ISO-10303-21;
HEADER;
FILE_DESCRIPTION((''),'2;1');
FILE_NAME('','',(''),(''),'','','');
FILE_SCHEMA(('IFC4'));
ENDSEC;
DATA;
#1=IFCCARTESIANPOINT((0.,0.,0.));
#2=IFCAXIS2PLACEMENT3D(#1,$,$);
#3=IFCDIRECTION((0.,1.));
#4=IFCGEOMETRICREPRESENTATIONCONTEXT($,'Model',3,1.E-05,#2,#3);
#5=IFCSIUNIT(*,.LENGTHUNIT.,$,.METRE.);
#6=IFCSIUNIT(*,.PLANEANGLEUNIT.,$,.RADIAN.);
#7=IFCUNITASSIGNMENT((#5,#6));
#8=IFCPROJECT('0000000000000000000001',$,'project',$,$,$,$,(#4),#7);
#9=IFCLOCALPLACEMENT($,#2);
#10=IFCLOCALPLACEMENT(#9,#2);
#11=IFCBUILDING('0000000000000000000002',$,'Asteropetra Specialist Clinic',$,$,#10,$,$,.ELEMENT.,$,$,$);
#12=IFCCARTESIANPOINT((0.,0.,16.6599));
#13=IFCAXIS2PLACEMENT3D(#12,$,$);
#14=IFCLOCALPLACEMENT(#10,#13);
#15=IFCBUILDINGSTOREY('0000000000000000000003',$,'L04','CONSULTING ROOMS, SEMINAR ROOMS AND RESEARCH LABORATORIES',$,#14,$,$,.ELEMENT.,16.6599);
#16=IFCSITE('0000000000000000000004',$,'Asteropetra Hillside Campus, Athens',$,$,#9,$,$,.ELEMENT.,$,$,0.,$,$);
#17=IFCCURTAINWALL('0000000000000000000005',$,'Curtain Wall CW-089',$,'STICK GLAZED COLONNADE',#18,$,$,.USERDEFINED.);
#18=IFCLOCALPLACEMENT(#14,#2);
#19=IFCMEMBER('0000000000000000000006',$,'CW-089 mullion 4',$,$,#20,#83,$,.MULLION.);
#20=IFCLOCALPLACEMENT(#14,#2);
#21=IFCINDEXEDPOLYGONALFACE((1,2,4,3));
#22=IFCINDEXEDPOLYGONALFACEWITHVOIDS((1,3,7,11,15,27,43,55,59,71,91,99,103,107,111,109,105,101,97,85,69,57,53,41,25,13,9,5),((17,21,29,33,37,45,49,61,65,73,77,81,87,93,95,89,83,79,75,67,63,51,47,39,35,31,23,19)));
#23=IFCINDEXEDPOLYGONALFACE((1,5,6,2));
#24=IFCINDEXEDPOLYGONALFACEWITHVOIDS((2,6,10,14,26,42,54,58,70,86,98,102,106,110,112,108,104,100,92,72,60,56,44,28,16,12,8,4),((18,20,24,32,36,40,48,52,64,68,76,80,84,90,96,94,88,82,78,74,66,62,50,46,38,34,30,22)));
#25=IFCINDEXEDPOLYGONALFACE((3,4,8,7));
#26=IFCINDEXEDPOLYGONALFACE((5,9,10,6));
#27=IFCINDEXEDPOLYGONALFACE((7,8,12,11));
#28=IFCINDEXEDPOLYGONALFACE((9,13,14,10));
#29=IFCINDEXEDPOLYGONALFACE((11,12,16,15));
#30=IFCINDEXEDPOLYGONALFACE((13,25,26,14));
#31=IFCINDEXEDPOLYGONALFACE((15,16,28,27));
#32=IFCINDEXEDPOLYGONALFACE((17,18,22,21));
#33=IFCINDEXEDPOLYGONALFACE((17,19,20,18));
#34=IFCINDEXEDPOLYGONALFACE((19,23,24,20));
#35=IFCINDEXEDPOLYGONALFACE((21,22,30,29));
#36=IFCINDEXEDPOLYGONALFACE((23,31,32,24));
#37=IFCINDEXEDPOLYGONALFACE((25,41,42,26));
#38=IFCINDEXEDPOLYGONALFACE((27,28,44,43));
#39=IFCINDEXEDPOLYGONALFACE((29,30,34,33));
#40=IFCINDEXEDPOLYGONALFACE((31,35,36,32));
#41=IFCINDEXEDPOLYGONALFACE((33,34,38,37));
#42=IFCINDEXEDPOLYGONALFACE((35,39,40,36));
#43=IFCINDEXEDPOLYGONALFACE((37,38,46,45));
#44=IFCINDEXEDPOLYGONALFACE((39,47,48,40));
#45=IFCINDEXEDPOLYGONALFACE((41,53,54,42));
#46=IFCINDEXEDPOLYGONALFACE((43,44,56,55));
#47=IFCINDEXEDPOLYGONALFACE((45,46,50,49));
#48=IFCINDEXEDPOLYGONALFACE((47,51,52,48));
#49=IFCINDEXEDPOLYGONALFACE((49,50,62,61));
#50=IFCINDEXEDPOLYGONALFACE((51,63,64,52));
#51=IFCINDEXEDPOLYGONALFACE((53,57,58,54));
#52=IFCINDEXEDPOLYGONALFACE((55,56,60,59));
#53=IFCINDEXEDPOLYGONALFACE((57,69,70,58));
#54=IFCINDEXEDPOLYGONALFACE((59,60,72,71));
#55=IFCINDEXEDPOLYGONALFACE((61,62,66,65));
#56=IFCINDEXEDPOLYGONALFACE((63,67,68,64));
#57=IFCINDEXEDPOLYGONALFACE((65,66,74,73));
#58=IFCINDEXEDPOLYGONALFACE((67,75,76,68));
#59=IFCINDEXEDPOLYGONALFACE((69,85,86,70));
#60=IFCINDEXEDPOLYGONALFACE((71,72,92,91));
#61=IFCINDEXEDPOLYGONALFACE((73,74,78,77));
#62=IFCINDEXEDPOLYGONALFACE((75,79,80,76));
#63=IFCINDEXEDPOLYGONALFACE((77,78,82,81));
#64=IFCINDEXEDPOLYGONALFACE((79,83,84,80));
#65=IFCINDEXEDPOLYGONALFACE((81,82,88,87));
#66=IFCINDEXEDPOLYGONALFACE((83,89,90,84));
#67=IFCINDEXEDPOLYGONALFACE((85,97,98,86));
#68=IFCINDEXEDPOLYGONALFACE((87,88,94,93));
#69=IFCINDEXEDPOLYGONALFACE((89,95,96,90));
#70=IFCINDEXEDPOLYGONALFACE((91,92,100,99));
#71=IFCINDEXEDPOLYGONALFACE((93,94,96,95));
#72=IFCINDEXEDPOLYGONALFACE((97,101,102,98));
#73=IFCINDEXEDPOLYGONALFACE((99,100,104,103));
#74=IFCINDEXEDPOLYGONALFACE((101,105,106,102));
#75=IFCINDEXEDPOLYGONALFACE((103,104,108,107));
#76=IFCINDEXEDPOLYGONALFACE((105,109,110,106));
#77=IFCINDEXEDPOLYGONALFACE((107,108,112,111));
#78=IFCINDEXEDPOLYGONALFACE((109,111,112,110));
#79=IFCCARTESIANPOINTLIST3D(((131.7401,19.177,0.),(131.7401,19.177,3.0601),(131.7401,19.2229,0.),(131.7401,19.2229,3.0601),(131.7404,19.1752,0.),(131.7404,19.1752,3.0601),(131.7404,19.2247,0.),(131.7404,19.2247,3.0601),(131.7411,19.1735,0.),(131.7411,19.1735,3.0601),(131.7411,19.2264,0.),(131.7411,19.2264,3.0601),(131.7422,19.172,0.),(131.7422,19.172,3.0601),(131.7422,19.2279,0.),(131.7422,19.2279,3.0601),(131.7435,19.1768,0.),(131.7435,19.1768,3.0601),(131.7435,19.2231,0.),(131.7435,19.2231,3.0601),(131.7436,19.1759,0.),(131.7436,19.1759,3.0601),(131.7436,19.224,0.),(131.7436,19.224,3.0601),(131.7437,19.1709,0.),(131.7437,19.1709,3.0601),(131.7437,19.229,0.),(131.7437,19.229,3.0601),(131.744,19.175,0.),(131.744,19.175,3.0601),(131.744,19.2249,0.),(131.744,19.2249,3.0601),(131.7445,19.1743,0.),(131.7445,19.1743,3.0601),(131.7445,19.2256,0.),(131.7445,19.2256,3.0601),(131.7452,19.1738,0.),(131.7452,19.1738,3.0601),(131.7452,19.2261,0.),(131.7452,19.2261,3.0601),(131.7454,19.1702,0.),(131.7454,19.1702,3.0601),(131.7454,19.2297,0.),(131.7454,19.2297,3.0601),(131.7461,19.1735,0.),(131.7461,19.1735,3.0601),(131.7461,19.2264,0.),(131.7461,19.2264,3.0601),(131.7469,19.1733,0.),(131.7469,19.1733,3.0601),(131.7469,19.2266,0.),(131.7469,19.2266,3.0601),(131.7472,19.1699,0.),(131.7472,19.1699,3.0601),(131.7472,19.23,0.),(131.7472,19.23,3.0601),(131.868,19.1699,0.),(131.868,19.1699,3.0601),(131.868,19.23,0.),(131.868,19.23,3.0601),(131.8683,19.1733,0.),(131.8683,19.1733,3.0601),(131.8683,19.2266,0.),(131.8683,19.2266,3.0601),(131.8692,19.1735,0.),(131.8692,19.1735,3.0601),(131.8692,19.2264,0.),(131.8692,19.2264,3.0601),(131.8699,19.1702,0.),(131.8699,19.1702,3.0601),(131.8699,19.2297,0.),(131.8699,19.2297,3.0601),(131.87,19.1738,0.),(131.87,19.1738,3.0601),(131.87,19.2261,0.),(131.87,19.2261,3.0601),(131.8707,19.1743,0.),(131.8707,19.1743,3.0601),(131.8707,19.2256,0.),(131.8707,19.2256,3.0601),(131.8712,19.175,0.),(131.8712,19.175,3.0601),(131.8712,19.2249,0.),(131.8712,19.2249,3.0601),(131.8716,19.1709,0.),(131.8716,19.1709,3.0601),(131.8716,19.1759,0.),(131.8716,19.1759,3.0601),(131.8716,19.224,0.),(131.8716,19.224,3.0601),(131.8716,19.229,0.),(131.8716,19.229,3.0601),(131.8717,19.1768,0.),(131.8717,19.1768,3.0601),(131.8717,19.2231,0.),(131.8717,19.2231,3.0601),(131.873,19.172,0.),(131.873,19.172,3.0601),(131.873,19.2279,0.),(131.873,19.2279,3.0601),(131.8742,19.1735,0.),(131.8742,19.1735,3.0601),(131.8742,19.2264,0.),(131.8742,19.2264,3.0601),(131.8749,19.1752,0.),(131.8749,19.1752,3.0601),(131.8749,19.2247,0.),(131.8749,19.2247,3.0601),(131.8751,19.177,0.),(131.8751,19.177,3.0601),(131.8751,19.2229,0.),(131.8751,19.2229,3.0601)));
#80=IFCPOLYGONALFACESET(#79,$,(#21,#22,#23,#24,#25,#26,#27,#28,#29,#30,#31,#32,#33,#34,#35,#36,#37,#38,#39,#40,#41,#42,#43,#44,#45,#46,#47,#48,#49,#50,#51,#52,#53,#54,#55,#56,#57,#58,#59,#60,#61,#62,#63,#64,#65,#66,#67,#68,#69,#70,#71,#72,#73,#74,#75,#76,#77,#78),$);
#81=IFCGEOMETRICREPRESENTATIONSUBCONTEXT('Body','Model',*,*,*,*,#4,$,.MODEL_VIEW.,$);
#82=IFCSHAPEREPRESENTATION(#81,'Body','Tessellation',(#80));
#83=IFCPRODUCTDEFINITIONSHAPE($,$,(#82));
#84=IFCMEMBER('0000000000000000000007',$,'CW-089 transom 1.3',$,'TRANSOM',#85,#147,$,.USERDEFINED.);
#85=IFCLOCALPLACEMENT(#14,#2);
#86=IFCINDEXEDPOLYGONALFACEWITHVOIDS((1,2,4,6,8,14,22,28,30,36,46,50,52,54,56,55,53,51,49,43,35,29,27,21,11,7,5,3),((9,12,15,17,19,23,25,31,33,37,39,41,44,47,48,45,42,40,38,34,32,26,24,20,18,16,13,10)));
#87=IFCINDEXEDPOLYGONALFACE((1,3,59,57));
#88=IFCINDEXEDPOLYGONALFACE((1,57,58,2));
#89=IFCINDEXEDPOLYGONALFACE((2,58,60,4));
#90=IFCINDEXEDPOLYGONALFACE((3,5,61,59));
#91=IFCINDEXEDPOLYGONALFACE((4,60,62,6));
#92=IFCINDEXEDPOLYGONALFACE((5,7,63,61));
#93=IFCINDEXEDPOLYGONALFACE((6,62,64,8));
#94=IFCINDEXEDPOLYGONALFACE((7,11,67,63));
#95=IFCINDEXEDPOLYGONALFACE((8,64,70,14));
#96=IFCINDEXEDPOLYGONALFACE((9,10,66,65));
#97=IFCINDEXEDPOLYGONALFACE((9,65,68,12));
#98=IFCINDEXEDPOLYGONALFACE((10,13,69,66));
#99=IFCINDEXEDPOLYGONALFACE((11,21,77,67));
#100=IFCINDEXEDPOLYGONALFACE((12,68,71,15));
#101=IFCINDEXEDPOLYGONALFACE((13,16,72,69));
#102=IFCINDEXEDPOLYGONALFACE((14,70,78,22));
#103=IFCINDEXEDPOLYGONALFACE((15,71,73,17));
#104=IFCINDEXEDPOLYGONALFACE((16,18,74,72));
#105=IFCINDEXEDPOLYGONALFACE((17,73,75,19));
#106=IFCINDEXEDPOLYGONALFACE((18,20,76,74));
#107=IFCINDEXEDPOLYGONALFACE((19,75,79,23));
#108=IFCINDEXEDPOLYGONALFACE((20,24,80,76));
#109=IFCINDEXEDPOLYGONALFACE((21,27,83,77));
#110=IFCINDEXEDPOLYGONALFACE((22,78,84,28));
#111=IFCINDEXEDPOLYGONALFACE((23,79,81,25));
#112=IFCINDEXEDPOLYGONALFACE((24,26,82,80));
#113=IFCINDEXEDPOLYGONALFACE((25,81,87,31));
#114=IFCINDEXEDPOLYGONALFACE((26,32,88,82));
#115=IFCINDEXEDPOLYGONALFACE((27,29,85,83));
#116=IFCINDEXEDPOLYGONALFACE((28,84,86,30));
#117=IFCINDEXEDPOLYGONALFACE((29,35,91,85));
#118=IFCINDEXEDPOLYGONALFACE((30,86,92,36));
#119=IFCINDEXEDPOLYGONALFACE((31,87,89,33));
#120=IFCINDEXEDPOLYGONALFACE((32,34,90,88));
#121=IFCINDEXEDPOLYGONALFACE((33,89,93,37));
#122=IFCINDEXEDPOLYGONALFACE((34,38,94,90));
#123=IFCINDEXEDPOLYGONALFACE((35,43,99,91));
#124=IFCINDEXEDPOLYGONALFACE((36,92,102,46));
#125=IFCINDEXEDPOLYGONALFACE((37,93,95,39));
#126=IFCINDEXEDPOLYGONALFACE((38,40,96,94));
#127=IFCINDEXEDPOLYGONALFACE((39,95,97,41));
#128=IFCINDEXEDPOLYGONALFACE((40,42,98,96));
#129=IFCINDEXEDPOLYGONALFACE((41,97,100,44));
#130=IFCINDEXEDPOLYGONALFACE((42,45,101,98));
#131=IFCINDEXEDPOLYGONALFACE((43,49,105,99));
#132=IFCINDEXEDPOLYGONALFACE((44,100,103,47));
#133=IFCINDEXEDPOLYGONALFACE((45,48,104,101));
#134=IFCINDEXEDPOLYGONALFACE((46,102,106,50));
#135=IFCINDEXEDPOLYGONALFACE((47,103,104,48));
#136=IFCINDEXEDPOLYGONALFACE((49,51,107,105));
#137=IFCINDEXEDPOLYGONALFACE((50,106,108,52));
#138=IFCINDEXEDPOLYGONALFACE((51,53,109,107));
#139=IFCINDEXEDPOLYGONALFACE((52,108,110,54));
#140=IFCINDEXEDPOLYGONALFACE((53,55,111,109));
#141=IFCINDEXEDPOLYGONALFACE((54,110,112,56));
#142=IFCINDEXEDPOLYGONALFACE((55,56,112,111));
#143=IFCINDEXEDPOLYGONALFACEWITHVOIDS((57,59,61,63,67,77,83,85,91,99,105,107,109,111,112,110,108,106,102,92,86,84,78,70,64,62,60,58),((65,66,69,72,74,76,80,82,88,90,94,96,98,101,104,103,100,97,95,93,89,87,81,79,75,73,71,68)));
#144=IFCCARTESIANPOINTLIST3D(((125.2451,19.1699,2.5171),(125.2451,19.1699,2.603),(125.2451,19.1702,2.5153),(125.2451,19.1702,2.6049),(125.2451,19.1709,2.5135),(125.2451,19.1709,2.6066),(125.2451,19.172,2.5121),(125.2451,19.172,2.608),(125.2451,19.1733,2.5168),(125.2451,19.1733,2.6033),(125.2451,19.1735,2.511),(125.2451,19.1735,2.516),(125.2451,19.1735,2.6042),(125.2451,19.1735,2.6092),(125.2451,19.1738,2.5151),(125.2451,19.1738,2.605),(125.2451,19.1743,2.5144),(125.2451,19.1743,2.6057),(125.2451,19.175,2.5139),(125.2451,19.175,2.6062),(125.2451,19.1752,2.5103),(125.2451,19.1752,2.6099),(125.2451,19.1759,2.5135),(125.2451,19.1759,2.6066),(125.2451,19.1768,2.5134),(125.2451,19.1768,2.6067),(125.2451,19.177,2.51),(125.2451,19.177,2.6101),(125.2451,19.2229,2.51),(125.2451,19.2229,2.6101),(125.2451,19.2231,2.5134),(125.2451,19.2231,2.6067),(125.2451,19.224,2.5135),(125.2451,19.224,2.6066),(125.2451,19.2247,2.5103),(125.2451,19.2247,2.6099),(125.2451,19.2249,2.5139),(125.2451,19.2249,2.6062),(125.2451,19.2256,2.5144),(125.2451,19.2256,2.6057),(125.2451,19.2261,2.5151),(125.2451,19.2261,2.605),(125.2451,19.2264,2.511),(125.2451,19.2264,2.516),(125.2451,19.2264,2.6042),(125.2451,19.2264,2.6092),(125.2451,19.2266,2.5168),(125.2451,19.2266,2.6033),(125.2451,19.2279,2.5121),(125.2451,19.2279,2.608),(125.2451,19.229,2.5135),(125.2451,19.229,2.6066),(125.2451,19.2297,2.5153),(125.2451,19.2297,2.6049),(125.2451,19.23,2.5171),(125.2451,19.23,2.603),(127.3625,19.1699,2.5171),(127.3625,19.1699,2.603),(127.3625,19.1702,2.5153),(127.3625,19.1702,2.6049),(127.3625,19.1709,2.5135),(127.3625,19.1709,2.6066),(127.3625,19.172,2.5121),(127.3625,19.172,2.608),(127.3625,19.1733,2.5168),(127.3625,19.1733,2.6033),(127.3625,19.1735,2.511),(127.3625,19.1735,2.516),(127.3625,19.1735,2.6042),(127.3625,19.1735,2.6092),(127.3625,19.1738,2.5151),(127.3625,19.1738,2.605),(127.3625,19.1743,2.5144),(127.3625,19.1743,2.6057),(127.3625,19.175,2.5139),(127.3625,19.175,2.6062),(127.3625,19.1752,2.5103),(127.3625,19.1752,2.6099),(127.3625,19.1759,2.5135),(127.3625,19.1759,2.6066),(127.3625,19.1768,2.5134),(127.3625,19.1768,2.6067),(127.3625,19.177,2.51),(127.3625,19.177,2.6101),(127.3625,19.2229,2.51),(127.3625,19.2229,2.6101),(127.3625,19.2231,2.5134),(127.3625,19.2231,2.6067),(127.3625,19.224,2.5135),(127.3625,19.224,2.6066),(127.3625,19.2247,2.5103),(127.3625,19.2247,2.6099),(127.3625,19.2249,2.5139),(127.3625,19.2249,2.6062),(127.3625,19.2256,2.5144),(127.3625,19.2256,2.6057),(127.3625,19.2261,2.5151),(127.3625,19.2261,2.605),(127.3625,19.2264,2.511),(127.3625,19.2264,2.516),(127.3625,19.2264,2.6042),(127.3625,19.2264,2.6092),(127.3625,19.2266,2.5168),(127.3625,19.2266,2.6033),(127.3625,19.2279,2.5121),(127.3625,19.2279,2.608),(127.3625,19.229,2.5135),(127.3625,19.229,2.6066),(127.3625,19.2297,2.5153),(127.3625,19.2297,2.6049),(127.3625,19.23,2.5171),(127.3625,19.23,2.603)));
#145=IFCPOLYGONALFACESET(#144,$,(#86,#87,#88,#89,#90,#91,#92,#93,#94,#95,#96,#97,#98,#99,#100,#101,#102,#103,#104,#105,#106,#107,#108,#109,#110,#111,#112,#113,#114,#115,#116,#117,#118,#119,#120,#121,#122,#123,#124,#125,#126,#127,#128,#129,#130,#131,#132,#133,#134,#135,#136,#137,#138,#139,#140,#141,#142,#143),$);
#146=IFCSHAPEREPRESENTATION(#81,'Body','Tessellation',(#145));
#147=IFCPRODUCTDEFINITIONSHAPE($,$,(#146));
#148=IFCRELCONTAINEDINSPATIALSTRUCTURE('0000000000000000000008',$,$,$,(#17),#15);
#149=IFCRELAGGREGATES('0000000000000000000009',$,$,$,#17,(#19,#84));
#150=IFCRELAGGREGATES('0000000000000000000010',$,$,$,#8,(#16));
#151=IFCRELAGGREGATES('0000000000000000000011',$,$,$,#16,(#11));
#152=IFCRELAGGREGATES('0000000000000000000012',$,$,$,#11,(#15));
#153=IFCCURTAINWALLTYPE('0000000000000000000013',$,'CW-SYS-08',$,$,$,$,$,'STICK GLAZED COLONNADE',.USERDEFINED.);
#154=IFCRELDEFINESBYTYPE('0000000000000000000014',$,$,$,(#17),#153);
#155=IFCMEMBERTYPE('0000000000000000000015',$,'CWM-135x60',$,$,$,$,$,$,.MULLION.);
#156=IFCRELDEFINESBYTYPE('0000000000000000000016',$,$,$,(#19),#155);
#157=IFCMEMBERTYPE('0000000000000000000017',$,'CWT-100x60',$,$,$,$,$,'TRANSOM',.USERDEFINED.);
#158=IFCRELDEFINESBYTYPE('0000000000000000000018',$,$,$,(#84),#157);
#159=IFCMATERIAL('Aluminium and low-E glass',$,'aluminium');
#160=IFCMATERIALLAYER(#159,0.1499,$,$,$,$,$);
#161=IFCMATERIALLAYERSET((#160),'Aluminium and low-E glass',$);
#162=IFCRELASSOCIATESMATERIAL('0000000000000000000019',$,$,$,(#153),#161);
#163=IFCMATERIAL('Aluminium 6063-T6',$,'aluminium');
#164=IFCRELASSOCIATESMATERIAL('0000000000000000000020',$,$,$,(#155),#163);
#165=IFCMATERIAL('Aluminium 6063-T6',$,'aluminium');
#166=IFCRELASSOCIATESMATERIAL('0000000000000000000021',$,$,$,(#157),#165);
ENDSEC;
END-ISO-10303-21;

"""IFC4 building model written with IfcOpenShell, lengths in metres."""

from ifc_helpers import new_model, si_unit, direction, frame, origin, origin_2d, place, context, subcontext, project, spatial, hollow_rectangle, extrude, material, layer, layer_set, material_profile, profile_set, type_object, element, aggregate, save


model = new_model("IFC4")

# Units and contexts
model_context = context("Model", 3, precision=1e-05, world=origin(), true_north=direction((0.0, 1.0)))
body_context = subcontext(model_context, "Body", "Model", "MODEL_VIEW")
ifc_project = project(units=[si_unit("LENGTHUNIT", "METRE"), si_unit("PLANEANGLEUNIT", "RADIAN")], contexts=[model_context])

# Site, building, storey
site_placement = place(None, origin())
site = spatial("IfcSite", under=ifc_project, at=site_placement, Name="Asteropetra Hillside Campus, Athens", CompositionType="ELEMENT", RefElevation=0.0)
building_placement = place(site_placement, origin())
building = spatial("IfcBuilding", under=site, at=building_placement, Name="Asteropetra Specialist Clinic", CompositionType="ELEMENT")
storey_placement = place(building_placement, frame((0.0, 0.0, 16.6599)))
storey = spatial("IfcBuildingStorey", under=building, at=storey_placement, Name="L04", Description="CONSULTING ROOMS, SEMINAR ROOMS AND RESEARCH LABORATORIES", CompositionType="ELEMENT", Elevation=16.6599)

# Curtain wall, members
ifc_material_1 = material(Name="Aluminium and low-E glass", Category="aluminium")
ifc_layer_1 = layer(ifc_material_1, 0.1499)
ifc_layer_set_1 = layer_set([ifc_layer_1], Name="Aluminium and low-E glass")
curtain_wall_type = type_object("IfcCurtainWallType", Name="CW-SYS-08", ElementType="STICK GLAZED COLONNADE", PredefinedType="USERDEFINED", material=ifc_layer_set_1)
curtain_wall_placement = place(storey_placement, origin())
curtain_wall = element("IfcCurtainWall", 1, at=curtain_wall_placement, inside=storey, type_object=curtain_wall_type, Name="Curtain Wall CW-089", ObjectType="STICK GLAZED COLONNADE", PredefinedType="USERDEFINED")
ifc_material_2 = material(Name="Aluminium 6063-T6", Category="aluminium")
ifc_material_profile_1 = material_profile(ifc_material_2, hollow_rectangle(XDim=0.0601, YDim=0.135, WallThickness=0.0034, InnerFilletRadius=0.0034, OuterFilletRadius=0.0071, at=origin_2d()), Name="MUL 135x60x3.5")
ifc_profile_set_1 = profile_set([ifc_material_profile_1], Name="Aluminium 6063-T6")
member_type_1 = type_object("IfcMemberType", Name="CWM-135x60", PredefinedType="MULLION", material=ifc_profile_set_1)
member_1_placement = place(storey_placement, frame((131.8076, 19.2, 0.0), z_axis=(0.0, 0.0, 1.0), x_axis=(0.0, 1.0, 0.0)))
member_1 = element("IfcMember", 2, at=member_1_placement, type_object=member_type_1, Name="CW-089 mullion 4", PredefinedType="MULLION", context=body_context, shape_type="SweptSolid", body=[
    extrude(hollow_rectangle(XDim=0.0601, YDim=0.135, WallThickness=0.0034, InnerFilletRadius=0.0034, OuterFilletRadius=0.0071, at=origin_2d()), origin(), (0.0, 0.0, 1.0), 3.0601),
])
ifc_material_3 = material(Name="Aluminium 6063-T6", Category="aluminium")
ifc_material_profile_2 = material_profile(ifc_material_3, hollow_rectangle(XDim=0.0601, YDim=0.1001, WallThickness=0.0034, InnerFilletRadius=0.0034, OuterFilletRadius=0.0071, at=origin_2d()), Name="TRN 100x60x3.5")
ifc_profile_set_2 = profile_set([ifc_material_profile_2], Name="Aluminium 6063-T6")
member_type_2 = type_object("IfcMemberType", Name="CWT-100x60", ElementType="TRANSOM", PredefinedType="USERDEFINED", material=ifc_profile_set_2)
member_2_placement = place(storey_placement, frame((125.2451, 19.2, 2.5601), z_axis=(1.0, 0.0, 0.0), x_axis=(0.0, 1.0, 0.0)))
member_2 = element("IfcMember", 3, at=member_2_placement, type_object=member_type_2, Name="CW-089 transom 1.3", ObjectType="TRANSOM", PredefinedType="USERDEFINED", context=body_context, shape_type="SweptSolid", body=[
    extrude(hollow_rectangle(XDim=0.0601, YDim=0.1001, WallThickness=0.0034, InnerFilletRadius=0.0034, OuterFilletRadius=0.0071, at=origin_2d()), origin(), (0.0, 0.0, 1.0), 2.1174),
])
aggregate(curtain_wall, [member_1, member_2])

save(model, "model.ifc")
